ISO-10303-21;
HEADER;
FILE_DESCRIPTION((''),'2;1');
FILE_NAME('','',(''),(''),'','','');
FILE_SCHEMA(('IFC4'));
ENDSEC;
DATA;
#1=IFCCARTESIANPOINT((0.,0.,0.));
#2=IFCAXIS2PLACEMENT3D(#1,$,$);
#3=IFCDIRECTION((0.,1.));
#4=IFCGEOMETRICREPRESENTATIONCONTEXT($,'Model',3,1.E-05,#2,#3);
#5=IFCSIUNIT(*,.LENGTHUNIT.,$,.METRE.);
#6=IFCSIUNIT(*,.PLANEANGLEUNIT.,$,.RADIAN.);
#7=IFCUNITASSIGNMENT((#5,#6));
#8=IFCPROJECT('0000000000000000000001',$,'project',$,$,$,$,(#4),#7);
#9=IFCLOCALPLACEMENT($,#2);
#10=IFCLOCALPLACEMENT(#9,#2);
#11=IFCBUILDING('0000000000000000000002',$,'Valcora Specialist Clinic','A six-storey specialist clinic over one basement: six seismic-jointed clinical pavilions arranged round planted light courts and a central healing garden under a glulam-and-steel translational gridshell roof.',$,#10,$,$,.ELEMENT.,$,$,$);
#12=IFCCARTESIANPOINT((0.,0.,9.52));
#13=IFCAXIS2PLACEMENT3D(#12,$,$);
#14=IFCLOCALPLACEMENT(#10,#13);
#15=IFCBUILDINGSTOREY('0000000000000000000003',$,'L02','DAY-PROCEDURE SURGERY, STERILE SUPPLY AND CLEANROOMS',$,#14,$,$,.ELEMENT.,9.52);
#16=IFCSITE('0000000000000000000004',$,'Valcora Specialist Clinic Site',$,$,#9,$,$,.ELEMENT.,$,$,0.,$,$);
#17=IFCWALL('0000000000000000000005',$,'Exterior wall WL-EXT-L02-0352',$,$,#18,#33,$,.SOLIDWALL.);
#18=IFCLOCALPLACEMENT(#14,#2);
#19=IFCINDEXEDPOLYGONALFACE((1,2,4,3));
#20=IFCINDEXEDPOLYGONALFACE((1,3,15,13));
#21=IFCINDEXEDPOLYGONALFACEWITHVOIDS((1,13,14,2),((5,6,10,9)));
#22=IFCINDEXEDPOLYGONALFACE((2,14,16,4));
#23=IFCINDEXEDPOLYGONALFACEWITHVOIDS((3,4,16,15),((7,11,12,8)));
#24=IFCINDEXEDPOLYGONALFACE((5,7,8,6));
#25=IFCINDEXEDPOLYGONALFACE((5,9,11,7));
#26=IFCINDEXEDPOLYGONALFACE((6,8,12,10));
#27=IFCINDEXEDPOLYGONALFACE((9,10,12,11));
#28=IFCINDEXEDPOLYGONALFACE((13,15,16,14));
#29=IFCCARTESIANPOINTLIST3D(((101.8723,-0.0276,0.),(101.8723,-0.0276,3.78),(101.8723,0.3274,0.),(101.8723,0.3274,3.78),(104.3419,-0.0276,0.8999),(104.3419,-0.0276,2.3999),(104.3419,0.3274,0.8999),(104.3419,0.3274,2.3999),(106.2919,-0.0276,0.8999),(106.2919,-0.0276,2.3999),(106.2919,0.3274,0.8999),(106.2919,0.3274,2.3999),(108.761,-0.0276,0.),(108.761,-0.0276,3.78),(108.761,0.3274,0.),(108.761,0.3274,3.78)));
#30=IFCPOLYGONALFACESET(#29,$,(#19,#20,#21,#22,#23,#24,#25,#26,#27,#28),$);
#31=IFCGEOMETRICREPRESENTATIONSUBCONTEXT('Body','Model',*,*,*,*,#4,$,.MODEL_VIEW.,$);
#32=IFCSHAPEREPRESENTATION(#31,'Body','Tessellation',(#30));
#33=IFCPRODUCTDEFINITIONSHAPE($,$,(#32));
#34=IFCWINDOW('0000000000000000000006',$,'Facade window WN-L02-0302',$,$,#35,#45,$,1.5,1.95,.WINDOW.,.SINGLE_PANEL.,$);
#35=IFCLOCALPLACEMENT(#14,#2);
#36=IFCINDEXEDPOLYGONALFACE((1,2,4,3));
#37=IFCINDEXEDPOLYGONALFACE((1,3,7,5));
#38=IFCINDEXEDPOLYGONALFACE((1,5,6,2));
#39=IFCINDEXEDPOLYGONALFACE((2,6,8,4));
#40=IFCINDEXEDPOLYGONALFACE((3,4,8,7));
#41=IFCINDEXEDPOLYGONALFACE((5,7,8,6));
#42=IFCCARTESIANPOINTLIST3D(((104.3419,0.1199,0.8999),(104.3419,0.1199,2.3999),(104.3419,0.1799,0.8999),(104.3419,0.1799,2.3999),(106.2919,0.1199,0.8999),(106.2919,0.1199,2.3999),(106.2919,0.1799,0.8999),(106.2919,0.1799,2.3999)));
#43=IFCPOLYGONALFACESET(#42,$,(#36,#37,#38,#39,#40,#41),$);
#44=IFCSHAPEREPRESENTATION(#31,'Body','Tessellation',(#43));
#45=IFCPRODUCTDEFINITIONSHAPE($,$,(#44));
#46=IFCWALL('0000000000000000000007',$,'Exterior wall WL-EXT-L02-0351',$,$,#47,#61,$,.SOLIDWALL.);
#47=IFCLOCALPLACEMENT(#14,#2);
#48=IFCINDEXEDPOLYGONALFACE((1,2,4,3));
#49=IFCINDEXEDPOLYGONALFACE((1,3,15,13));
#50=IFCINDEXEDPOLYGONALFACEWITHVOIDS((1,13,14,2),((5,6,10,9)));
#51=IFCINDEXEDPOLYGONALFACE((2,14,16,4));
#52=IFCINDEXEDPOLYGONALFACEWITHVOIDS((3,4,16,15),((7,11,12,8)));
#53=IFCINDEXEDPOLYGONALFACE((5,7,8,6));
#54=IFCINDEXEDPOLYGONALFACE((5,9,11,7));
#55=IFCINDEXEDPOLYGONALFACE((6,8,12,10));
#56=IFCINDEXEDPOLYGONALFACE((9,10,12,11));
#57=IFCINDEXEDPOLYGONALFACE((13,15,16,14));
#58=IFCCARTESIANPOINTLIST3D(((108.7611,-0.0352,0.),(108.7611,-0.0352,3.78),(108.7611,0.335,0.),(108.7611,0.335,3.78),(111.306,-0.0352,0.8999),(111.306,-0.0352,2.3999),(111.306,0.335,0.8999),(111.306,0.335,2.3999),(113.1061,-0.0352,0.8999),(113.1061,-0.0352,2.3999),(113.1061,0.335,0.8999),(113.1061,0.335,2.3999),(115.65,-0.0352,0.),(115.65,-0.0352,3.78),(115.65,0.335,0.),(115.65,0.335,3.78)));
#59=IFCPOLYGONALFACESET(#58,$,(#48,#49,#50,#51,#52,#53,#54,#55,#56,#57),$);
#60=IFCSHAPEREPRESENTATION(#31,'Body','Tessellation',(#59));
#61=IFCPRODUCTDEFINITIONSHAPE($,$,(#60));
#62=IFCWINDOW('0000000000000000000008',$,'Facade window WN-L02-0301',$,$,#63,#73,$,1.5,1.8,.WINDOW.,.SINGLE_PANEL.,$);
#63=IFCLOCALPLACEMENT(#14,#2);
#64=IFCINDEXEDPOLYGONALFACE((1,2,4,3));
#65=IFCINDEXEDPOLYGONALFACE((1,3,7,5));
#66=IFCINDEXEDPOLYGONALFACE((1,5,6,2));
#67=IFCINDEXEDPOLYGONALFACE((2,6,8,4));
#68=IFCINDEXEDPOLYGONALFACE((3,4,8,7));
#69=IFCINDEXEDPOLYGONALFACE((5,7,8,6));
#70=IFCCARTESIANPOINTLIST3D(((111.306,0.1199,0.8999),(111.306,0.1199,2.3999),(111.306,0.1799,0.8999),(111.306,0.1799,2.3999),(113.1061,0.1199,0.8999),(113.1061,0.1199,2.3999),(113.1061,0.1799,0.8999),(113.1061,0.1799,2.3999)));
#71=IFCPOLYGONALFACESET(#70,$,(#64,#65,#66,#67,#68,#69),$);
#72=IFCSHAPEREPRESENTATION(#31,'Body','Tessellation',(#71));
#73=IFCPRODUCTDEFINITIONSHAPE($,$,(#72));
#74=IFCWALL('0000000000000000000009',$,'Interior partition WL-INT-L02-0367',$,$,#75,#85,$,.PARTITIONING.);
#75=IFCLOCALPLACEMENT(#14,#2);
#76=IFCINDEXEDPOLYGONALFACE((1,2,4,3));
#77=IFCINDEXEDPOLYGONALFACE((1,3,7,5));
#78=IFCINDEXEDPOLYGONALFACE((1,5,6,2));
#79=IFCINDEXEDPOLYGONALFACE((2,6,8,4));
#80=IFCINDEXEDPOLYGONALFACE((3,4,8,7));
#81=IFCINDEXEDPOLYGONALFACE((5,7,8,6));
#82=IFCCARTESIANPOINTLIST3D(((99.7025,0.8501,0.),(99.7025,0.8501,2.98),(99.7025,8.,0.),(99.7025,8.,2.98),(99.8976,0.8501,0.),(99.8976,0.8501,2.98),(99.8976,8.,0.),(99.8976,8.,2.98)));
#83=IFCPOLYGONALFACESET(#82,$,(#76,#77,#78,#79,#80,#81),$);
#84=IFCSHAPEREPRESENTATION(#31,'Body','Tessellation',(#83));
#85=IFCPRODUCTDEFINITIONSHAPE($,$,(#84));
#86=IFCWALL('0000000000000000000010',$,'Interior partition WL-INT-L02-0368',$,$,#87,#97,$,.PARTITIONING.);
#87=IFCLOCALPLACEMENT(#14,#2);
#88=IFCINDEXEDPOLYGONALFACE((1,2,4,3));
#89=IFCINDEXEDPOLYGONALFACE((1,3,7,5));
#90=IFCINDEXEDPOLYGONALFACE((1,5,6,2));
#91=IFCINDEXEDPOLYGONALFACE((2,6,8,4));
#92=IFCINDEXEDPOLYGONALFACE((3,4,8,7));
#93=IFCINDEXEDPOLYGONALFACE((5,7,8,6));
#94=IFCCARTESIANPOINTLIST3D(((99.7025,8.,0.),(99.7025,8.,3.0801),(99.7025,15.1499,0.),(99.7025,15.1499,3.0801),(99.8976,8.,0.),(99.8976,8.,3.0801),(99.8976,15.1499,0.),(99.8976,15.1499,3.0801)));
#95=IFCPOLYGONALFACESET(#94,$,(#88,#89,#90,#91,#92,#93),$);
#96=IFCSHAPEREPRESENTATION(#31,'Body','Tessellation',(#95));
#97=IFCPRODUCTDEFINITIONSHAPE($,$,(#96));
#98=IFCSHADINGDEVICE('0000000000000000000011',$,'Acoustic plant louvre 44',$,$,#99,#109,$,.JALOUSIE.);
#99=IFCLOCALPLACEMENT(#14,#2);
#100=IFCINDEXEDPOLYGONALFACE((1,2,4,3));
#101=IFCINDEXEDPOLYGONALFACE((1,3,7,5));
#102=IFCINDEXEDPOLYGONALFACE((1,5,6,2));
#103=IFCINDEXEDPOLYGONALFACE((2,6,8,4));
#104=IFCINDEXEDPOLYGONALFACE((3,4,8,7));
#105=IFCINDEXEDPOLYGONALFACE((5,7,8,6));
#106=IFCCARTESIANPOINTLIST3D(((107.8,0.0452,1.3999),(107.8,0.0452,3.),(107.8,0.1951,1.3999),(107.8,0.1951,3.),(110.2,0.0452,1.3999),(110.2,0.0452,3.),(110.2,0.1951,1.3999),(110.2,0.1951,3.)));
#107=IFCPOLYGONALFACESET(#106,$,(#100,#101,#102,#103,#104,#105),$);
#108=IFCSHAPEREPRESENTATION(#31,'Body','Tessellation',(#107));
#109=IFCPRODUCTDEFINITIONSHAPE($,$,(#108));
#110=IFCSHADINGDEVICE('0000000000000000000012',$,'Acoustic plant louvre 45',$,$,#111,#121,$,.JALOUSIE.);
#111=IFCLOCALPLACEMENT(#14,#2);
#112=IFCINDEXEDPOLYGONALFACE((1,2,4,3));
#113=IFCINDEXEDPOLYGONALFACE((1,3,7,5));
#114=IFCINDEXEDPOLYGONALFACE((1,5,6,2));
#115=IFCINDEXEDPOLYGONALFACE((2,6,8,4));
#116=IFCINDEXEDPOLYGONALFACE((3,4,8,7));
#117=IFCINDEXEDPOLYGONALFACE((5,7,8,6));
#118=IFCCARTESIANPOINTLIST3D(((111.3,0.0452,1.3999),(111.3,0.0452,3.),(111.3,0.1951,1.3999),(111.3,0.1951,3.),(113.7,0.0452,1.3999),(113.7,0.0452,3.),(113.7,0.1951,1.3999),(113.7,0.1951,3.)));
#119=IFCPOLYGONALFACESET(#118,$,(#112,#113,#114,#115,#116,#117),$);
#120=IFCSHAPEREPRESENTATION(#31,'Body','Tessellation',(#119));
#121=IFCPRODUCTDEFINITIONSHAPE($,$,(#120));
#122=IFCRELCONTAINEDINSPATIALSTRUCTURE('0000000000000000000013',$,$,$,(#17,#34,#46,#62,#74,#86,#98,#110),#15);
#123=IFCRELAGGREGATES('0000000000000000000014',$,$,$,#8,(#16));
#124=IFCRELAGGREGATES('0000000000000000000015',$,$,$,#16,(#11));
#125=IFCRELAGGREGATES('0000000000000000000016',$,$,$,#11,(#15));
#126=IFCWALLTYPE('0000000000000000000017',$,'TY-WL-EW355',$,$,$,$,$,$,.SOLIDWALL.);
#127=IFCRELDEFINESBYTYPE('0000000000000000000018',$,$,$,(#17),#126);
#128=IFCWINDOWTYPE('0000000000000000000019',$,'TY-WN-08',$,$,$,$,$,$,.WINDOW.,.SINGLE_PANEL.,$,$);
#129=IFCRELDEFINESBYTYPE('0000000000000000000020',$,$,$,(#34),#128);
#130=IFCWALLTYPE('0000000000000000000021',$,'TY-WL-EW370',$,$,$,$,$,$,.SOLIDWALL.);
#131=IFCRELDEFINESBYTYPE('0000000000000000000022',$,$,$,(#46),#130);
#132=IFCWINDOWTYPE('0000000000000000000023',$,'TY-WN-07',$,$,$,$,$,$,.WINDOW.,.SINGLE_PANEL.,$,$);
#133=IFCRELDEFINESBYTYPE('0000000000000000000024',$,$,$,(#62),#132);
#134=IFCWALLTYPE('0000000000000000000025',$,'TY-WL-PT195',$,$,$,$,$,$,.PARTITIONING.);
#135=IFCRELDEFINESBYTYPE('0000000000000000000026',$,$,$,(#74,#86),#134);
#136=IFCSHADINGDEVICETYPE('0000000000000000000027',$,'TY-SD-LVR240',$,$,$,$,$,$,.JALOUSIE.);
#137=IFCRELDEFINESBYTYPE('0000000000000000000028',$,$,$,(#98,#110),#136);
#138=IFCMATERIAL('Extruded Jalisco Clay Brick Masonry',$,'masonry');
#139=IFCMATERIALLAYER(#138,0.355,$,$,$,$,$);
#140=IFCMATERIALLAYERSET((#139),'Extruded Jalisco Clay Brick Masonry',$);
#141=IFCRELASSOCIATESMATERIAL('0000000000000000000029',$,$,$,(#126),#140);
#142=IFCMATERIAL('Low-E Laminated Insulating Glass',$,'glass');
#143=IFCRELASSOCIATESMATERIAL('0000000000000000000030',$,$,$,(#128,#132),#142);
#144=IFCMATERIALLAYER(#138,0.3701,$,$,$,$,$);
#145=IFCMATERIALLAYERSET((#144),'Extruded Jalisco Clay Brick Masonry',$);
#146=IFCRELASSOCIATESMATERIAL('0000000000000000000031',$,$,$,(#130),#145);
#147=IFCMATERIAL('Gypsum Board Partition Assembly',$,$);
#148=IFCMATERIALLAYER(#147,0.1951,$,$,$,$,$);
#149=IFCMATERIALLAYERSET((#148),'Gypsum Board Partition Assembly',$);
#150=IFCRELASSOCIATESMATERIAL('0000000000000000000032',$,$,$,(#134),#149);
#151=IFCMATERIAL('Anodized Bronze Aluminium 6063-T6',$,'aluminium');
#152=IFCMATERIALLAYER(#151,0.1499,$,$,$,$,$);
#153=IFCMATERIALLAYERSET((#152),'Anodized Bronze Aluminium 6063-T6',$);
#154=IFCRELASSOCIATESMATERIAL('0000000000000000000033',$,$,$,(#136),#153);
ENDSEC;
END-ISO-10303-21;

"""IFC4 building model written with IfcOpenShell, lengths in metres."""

from ifc_helpers import new_model, si_unit, direction, frame, frame_2d, origin, origin_2d, place, context, subcontext, project, spatial, rectangle, extrude, material, layer, layer_set, type_object, element, fill, save


model = new_model("IFC4")

# Units and contexts
model_context = context("Model", 3, precision=1e-05, world=origin(), true_north=direction((0.0, 1.0)))
body_context = subcontext(model_context, "Body", "Model", "MODEL_VIEW")
ifc_project = project(units=[si_unit("LENGTHUNIT", "METRE"), si_unit("PLANEANGLEUNIT", "RADIAN")], contexts=[model_context])

# Site, building, storey
site_placement = place(None, origin())
site = spatial("IfcSite", under=ifc_project, at=site_placement, Name="Valcora Specialist Clinic Site", CompositionType="ELEMENT", RefElevation=0.0)
building_placement = place(site_placement, origin())
building = spatial("IfcBuilding", under=site, at=building_placement, Name="Valcora Specialist Clinic", Description="A six-storey specialist clinic over one basement: six seismic-jointed clinical pavilions arranged round planted light courts and a central healing garden under a glulam-and-steel translational gridshell roof.", CompositionType="ELEMENT")
storey_placement = place(building_placement, frame((0.0, 0.0, 9.52)))
storey = spatial("IfcBuildingStorey", under=building, at=storey_placement, Name="L02", Description="DAY-PROCEDURE SURGERY, STERILE SUPPLY AND CLEANROOMS", CompositionType="ELEMENT", Elevation=9.52)

# Walls, openings, windows
ifc_material_1 = material(Name="Extruded Jalisco Clay Brick Masonry", Category="masonry")
ifc_material_2 = material(Name="Low-E Laminated Insulating Glass", Category="glass")
ifc_layer_1 = layer(ifc_material_1, 0.355)
ifc_layer_set_1 = layer_set([ifc_layer_1], Name="Extruded Jalisco Clay Brick Masonry")
wall_type_1 = type_object("IfcWallType", Name="TY-WL-EW355", PredefinedType="SOLIDWALL", material=ifc_layer_set_1)
wall_1_placement = place(storey_placement, frame((108.761, 0.1499, 0.0), z_axis=(0.0, 0.0, 1.0), x_axis=(-1.0, 0.0, 0.0)))
wall_1 = element("IfcWall", 1, at=wall_1_placement, inside=storey, type_object=wall_type_1, Name="Exterior wall WL-EXT-L02-0352", PredefinedType="SOLIDWALL", context=body_context, shape_type="SweptSolid", body=[
    extrude(rectangle(XDim=6.8887, YDim=0.355, at=frame_2d((3.4443, 0.0))), origin(), (0.0, 0.0, 1.0), 3.78),
])
opening_1_placement = place(wall_1_placement, frame((2.469, 0.0, 0.8999)))
opening_1 = element("IfcOpeningElement", 2, at=opening_1_placement, cuts=wall_1, PredefinedType="OPENING", context=body_context, shape_type="SweptSolid", body=[
    extrude(rectangle(XDim=1.95, YDim=1.5, at=frame_2d((0.9751, 0.75))), frame((0.0, 0.1875, 0.0), z_axis=(0.0, -1.0, 0.0), x_axis=(1.0, 0.0, 0.0)), (0.0, 0.0, 1.0), 0.375),
])
window_type_1 = type_object("IfcWindowType", Name="TY-WN-08", PartitioningType="SINGLE_PANEL", PredefinedType="WINDOW", material=ifc_material_2)
window_1_placement = place(opening_1_placement, origin())
window_1 = element("IfcWindow", 3, at=window_1_placement, inside=storey, type_object=window_type_1, Name="Facade window WN-L02-0302", OverallHeight=1.5, OverallWidth=1.95, PartitioningType="SINGLE_PANEL", PredefinedType="WINDOW", context=body_context, shape_type="SweptSolid", body=[
    extrude(rectangle(XDim=1.95, YDim=1.5, at=frame_2d((0.9751, 0.75))), frame((0.0, 0.03, 0.0), z_axis=(0.0, -1.0, 0.0), x_axis=(1.0, 0.0, 0.0)), (0.0, 0.0, 1.0), 0.0601),
])
fill(opening_1, window_1)
ifc_layer_2 = layer(ifc_material_1, 0.3701)
ifc_layer_set_2 = layer_set([ifc_layer_2], Name="Extruded Jalisco Clay Brick Masonry")
wall_type_2 = type_object("IfcWallType", Name="TY-WL-EW370", PredefinedType="SOLIDWALL", material=ifc_layer_set_2)
wall_2_placement = place(storey_placement, frame((115.6499, 0.1499, 0.0), z_axis=(0.0, 0.0, 1.0), x_axis=(-1.0, 0.0, 0.0)))
wall_2 = element("IfcWall", 4, at=wall_2_placement, inside=storey, type_object=wall_type_2, Name="Exterior wall WL-EXT-L02-0351", PredefinedType="SOLIDWALL", context=body_context, shape_type="SweptSolid", body=[
    extrude(rectangle(XDim=6.8889, YDim=0.3701, at=frame_2d((3.4443, 0.0))), origin(), (0.0, 0.0, 1.0), 3.78),
])
opening_2_placement = place(wall_2_placement, frame((2.5439, 0.0, 0.8999)))
opening_2 = element("IfcOpeningElement", 5, at=opening_2_placement, cuts=wall_2, PredefinedType="OPENING", context=body_context, shape_type="SweptSolid", body=[
    extrude(rectangle(XDim=1.8, YDim=1.5, at=frame_2d((0.8999, 0.75))), frame((0.0, 0.1951, 0.0), z_axis=(0.0, -1.0, 0.0), x_axis=(1.0, 0.0, 0.0)), (0.0, 0.0, 1.0), 0.3901),
])
window_type_2 = type_object("IfcWindowType", Name="TY-WN-07", PartitioningType="SINGLE_PANEL", PredefinedType="WINDOW", material=ifc_material_2)
window_2_placement = place(opening_2_placement, origin())
window_2 = element("IfcWindow", 6, at=window_2_placement, inside=storey, type_object=window_type_2, Name="Facade window WN-L02-0301", OverallHeight=1.5, OverallWidth=1.8, PartitioningType="SINGLE_PANEL", PredefinedType="WINDOW", context=body_context, shape_type="SweptSolid", body=[
    extrude(rectangle(XDim=1.8, YDim=1.5, at=frame_2d((0.8999, 0.75))), frame((0.0, 0.03, 0.0), z_axis=(0.0, -1.0, 0.0), x_axis=(1.0, 0.0, 0.0)), (0.0, 0.0, 1.0), 0.0601),
])
fill(opening_2, window_2)

# Walls
ifc_material_3 = material(Name="Gypsum Board Partition Assembly")
ifc_layer_3 = layer(ifc_material_3, 0.1951)
ifc_layer_set_3 = layer_set([ifc_layer_3], Name="Gypsum Board Partition Assembly")
wall_type_3 = type_object("IfcWallType", Name="TY-WL-PT195", PredefinedType="PARTITIONING", material=ifc_layer_set_3)
wall_3_placement = place(storey_placement, frame((99.8, 0.8501, 0.0), z_axis=(0.0, 0.0, 1.0), x_axis=(0.0, 1.0, 0.0)))
element("IfcWall", 7, at=wall_3_placement, inside=storey, type_object=wall_type_3, Name="Interior partition WL-INT-L02-0367", PredefinedType="PARTITIONING", context=body_context, shape_type="SweptSolid", body=[
    extrude(rectangle(XDim=7.1499, YDim=0.1951, at=frame_2d((3.575, 0.0))), origin(), (0.0, 0.0, 1.0), 2.98),
])
wall_4_placement = place(storey_placement, frame((99.8, 8.0, 0.0), z_axis=(0.0, 0.0, 1.0), x_axis=(0.0, 1.0, 0.0)))
element("IfcWall", 8, at=wall_4_placement, inside=storey, type_object=wall_type_3, Name="Interior partition WL-INT-L02-0368", PredefinedType="PARTITIONING", context=body_context, shape_type="SweptSolid", body=[
    extrude(rectangle(XDim=7.1499, YDim=0.1951, at=frame_2d((3.575, 0.0))), origin(), (0.0, 0.0, 1.0), 3.0801),
])

# Shading devices
ifc_material_4 = material(Name="Anodized Bronze Aluminium 6063-T6", Category="aluminium")
ifc_layer_4 = layer(ifc_material_4, 0.1499)
ifc_layer_set_4 = layer_set([ifc_layer_4], Name="Anodized Bronze Aluminium 6063-T6")
shading_device_type = type_object("IfcShadingDeviceType", Name="TY-SD-LVR240", PredefinedType="JALOUSIE", material=ifc_layer_set_4)
for number, where, z_axis, x_axis, name in (
    (9, (109.0, 0.1201, 1.3999), (0.0, 0.0, 1.0), (1.0, 0.0, 0.0), "Acoustic plant louvre 44"),
    (10, (112.5, 0.1201, 1.3999), (0.0, 0.0, 1.0), (1.0, 0.0, 0.0), "Acoustic plant louvre 45"),
):
    element("IfcShadingDevice", number, at=place(storey_placement, frame(where, z_axis=z_axis, x_axis=x_axis)), inside=storey, type_object=shading_device_type, Name=name, PredefinedType="JALOUSIE", context=body_context, shape_type="SweptSolid", body=[
        extrude(rectangle(XDim=2.3999, YDim=0.1499, at=origin_2d()), origin(), (0.0, 0.0, 1.0), 1.6001),
    ])

save(model, "model.ifc")
